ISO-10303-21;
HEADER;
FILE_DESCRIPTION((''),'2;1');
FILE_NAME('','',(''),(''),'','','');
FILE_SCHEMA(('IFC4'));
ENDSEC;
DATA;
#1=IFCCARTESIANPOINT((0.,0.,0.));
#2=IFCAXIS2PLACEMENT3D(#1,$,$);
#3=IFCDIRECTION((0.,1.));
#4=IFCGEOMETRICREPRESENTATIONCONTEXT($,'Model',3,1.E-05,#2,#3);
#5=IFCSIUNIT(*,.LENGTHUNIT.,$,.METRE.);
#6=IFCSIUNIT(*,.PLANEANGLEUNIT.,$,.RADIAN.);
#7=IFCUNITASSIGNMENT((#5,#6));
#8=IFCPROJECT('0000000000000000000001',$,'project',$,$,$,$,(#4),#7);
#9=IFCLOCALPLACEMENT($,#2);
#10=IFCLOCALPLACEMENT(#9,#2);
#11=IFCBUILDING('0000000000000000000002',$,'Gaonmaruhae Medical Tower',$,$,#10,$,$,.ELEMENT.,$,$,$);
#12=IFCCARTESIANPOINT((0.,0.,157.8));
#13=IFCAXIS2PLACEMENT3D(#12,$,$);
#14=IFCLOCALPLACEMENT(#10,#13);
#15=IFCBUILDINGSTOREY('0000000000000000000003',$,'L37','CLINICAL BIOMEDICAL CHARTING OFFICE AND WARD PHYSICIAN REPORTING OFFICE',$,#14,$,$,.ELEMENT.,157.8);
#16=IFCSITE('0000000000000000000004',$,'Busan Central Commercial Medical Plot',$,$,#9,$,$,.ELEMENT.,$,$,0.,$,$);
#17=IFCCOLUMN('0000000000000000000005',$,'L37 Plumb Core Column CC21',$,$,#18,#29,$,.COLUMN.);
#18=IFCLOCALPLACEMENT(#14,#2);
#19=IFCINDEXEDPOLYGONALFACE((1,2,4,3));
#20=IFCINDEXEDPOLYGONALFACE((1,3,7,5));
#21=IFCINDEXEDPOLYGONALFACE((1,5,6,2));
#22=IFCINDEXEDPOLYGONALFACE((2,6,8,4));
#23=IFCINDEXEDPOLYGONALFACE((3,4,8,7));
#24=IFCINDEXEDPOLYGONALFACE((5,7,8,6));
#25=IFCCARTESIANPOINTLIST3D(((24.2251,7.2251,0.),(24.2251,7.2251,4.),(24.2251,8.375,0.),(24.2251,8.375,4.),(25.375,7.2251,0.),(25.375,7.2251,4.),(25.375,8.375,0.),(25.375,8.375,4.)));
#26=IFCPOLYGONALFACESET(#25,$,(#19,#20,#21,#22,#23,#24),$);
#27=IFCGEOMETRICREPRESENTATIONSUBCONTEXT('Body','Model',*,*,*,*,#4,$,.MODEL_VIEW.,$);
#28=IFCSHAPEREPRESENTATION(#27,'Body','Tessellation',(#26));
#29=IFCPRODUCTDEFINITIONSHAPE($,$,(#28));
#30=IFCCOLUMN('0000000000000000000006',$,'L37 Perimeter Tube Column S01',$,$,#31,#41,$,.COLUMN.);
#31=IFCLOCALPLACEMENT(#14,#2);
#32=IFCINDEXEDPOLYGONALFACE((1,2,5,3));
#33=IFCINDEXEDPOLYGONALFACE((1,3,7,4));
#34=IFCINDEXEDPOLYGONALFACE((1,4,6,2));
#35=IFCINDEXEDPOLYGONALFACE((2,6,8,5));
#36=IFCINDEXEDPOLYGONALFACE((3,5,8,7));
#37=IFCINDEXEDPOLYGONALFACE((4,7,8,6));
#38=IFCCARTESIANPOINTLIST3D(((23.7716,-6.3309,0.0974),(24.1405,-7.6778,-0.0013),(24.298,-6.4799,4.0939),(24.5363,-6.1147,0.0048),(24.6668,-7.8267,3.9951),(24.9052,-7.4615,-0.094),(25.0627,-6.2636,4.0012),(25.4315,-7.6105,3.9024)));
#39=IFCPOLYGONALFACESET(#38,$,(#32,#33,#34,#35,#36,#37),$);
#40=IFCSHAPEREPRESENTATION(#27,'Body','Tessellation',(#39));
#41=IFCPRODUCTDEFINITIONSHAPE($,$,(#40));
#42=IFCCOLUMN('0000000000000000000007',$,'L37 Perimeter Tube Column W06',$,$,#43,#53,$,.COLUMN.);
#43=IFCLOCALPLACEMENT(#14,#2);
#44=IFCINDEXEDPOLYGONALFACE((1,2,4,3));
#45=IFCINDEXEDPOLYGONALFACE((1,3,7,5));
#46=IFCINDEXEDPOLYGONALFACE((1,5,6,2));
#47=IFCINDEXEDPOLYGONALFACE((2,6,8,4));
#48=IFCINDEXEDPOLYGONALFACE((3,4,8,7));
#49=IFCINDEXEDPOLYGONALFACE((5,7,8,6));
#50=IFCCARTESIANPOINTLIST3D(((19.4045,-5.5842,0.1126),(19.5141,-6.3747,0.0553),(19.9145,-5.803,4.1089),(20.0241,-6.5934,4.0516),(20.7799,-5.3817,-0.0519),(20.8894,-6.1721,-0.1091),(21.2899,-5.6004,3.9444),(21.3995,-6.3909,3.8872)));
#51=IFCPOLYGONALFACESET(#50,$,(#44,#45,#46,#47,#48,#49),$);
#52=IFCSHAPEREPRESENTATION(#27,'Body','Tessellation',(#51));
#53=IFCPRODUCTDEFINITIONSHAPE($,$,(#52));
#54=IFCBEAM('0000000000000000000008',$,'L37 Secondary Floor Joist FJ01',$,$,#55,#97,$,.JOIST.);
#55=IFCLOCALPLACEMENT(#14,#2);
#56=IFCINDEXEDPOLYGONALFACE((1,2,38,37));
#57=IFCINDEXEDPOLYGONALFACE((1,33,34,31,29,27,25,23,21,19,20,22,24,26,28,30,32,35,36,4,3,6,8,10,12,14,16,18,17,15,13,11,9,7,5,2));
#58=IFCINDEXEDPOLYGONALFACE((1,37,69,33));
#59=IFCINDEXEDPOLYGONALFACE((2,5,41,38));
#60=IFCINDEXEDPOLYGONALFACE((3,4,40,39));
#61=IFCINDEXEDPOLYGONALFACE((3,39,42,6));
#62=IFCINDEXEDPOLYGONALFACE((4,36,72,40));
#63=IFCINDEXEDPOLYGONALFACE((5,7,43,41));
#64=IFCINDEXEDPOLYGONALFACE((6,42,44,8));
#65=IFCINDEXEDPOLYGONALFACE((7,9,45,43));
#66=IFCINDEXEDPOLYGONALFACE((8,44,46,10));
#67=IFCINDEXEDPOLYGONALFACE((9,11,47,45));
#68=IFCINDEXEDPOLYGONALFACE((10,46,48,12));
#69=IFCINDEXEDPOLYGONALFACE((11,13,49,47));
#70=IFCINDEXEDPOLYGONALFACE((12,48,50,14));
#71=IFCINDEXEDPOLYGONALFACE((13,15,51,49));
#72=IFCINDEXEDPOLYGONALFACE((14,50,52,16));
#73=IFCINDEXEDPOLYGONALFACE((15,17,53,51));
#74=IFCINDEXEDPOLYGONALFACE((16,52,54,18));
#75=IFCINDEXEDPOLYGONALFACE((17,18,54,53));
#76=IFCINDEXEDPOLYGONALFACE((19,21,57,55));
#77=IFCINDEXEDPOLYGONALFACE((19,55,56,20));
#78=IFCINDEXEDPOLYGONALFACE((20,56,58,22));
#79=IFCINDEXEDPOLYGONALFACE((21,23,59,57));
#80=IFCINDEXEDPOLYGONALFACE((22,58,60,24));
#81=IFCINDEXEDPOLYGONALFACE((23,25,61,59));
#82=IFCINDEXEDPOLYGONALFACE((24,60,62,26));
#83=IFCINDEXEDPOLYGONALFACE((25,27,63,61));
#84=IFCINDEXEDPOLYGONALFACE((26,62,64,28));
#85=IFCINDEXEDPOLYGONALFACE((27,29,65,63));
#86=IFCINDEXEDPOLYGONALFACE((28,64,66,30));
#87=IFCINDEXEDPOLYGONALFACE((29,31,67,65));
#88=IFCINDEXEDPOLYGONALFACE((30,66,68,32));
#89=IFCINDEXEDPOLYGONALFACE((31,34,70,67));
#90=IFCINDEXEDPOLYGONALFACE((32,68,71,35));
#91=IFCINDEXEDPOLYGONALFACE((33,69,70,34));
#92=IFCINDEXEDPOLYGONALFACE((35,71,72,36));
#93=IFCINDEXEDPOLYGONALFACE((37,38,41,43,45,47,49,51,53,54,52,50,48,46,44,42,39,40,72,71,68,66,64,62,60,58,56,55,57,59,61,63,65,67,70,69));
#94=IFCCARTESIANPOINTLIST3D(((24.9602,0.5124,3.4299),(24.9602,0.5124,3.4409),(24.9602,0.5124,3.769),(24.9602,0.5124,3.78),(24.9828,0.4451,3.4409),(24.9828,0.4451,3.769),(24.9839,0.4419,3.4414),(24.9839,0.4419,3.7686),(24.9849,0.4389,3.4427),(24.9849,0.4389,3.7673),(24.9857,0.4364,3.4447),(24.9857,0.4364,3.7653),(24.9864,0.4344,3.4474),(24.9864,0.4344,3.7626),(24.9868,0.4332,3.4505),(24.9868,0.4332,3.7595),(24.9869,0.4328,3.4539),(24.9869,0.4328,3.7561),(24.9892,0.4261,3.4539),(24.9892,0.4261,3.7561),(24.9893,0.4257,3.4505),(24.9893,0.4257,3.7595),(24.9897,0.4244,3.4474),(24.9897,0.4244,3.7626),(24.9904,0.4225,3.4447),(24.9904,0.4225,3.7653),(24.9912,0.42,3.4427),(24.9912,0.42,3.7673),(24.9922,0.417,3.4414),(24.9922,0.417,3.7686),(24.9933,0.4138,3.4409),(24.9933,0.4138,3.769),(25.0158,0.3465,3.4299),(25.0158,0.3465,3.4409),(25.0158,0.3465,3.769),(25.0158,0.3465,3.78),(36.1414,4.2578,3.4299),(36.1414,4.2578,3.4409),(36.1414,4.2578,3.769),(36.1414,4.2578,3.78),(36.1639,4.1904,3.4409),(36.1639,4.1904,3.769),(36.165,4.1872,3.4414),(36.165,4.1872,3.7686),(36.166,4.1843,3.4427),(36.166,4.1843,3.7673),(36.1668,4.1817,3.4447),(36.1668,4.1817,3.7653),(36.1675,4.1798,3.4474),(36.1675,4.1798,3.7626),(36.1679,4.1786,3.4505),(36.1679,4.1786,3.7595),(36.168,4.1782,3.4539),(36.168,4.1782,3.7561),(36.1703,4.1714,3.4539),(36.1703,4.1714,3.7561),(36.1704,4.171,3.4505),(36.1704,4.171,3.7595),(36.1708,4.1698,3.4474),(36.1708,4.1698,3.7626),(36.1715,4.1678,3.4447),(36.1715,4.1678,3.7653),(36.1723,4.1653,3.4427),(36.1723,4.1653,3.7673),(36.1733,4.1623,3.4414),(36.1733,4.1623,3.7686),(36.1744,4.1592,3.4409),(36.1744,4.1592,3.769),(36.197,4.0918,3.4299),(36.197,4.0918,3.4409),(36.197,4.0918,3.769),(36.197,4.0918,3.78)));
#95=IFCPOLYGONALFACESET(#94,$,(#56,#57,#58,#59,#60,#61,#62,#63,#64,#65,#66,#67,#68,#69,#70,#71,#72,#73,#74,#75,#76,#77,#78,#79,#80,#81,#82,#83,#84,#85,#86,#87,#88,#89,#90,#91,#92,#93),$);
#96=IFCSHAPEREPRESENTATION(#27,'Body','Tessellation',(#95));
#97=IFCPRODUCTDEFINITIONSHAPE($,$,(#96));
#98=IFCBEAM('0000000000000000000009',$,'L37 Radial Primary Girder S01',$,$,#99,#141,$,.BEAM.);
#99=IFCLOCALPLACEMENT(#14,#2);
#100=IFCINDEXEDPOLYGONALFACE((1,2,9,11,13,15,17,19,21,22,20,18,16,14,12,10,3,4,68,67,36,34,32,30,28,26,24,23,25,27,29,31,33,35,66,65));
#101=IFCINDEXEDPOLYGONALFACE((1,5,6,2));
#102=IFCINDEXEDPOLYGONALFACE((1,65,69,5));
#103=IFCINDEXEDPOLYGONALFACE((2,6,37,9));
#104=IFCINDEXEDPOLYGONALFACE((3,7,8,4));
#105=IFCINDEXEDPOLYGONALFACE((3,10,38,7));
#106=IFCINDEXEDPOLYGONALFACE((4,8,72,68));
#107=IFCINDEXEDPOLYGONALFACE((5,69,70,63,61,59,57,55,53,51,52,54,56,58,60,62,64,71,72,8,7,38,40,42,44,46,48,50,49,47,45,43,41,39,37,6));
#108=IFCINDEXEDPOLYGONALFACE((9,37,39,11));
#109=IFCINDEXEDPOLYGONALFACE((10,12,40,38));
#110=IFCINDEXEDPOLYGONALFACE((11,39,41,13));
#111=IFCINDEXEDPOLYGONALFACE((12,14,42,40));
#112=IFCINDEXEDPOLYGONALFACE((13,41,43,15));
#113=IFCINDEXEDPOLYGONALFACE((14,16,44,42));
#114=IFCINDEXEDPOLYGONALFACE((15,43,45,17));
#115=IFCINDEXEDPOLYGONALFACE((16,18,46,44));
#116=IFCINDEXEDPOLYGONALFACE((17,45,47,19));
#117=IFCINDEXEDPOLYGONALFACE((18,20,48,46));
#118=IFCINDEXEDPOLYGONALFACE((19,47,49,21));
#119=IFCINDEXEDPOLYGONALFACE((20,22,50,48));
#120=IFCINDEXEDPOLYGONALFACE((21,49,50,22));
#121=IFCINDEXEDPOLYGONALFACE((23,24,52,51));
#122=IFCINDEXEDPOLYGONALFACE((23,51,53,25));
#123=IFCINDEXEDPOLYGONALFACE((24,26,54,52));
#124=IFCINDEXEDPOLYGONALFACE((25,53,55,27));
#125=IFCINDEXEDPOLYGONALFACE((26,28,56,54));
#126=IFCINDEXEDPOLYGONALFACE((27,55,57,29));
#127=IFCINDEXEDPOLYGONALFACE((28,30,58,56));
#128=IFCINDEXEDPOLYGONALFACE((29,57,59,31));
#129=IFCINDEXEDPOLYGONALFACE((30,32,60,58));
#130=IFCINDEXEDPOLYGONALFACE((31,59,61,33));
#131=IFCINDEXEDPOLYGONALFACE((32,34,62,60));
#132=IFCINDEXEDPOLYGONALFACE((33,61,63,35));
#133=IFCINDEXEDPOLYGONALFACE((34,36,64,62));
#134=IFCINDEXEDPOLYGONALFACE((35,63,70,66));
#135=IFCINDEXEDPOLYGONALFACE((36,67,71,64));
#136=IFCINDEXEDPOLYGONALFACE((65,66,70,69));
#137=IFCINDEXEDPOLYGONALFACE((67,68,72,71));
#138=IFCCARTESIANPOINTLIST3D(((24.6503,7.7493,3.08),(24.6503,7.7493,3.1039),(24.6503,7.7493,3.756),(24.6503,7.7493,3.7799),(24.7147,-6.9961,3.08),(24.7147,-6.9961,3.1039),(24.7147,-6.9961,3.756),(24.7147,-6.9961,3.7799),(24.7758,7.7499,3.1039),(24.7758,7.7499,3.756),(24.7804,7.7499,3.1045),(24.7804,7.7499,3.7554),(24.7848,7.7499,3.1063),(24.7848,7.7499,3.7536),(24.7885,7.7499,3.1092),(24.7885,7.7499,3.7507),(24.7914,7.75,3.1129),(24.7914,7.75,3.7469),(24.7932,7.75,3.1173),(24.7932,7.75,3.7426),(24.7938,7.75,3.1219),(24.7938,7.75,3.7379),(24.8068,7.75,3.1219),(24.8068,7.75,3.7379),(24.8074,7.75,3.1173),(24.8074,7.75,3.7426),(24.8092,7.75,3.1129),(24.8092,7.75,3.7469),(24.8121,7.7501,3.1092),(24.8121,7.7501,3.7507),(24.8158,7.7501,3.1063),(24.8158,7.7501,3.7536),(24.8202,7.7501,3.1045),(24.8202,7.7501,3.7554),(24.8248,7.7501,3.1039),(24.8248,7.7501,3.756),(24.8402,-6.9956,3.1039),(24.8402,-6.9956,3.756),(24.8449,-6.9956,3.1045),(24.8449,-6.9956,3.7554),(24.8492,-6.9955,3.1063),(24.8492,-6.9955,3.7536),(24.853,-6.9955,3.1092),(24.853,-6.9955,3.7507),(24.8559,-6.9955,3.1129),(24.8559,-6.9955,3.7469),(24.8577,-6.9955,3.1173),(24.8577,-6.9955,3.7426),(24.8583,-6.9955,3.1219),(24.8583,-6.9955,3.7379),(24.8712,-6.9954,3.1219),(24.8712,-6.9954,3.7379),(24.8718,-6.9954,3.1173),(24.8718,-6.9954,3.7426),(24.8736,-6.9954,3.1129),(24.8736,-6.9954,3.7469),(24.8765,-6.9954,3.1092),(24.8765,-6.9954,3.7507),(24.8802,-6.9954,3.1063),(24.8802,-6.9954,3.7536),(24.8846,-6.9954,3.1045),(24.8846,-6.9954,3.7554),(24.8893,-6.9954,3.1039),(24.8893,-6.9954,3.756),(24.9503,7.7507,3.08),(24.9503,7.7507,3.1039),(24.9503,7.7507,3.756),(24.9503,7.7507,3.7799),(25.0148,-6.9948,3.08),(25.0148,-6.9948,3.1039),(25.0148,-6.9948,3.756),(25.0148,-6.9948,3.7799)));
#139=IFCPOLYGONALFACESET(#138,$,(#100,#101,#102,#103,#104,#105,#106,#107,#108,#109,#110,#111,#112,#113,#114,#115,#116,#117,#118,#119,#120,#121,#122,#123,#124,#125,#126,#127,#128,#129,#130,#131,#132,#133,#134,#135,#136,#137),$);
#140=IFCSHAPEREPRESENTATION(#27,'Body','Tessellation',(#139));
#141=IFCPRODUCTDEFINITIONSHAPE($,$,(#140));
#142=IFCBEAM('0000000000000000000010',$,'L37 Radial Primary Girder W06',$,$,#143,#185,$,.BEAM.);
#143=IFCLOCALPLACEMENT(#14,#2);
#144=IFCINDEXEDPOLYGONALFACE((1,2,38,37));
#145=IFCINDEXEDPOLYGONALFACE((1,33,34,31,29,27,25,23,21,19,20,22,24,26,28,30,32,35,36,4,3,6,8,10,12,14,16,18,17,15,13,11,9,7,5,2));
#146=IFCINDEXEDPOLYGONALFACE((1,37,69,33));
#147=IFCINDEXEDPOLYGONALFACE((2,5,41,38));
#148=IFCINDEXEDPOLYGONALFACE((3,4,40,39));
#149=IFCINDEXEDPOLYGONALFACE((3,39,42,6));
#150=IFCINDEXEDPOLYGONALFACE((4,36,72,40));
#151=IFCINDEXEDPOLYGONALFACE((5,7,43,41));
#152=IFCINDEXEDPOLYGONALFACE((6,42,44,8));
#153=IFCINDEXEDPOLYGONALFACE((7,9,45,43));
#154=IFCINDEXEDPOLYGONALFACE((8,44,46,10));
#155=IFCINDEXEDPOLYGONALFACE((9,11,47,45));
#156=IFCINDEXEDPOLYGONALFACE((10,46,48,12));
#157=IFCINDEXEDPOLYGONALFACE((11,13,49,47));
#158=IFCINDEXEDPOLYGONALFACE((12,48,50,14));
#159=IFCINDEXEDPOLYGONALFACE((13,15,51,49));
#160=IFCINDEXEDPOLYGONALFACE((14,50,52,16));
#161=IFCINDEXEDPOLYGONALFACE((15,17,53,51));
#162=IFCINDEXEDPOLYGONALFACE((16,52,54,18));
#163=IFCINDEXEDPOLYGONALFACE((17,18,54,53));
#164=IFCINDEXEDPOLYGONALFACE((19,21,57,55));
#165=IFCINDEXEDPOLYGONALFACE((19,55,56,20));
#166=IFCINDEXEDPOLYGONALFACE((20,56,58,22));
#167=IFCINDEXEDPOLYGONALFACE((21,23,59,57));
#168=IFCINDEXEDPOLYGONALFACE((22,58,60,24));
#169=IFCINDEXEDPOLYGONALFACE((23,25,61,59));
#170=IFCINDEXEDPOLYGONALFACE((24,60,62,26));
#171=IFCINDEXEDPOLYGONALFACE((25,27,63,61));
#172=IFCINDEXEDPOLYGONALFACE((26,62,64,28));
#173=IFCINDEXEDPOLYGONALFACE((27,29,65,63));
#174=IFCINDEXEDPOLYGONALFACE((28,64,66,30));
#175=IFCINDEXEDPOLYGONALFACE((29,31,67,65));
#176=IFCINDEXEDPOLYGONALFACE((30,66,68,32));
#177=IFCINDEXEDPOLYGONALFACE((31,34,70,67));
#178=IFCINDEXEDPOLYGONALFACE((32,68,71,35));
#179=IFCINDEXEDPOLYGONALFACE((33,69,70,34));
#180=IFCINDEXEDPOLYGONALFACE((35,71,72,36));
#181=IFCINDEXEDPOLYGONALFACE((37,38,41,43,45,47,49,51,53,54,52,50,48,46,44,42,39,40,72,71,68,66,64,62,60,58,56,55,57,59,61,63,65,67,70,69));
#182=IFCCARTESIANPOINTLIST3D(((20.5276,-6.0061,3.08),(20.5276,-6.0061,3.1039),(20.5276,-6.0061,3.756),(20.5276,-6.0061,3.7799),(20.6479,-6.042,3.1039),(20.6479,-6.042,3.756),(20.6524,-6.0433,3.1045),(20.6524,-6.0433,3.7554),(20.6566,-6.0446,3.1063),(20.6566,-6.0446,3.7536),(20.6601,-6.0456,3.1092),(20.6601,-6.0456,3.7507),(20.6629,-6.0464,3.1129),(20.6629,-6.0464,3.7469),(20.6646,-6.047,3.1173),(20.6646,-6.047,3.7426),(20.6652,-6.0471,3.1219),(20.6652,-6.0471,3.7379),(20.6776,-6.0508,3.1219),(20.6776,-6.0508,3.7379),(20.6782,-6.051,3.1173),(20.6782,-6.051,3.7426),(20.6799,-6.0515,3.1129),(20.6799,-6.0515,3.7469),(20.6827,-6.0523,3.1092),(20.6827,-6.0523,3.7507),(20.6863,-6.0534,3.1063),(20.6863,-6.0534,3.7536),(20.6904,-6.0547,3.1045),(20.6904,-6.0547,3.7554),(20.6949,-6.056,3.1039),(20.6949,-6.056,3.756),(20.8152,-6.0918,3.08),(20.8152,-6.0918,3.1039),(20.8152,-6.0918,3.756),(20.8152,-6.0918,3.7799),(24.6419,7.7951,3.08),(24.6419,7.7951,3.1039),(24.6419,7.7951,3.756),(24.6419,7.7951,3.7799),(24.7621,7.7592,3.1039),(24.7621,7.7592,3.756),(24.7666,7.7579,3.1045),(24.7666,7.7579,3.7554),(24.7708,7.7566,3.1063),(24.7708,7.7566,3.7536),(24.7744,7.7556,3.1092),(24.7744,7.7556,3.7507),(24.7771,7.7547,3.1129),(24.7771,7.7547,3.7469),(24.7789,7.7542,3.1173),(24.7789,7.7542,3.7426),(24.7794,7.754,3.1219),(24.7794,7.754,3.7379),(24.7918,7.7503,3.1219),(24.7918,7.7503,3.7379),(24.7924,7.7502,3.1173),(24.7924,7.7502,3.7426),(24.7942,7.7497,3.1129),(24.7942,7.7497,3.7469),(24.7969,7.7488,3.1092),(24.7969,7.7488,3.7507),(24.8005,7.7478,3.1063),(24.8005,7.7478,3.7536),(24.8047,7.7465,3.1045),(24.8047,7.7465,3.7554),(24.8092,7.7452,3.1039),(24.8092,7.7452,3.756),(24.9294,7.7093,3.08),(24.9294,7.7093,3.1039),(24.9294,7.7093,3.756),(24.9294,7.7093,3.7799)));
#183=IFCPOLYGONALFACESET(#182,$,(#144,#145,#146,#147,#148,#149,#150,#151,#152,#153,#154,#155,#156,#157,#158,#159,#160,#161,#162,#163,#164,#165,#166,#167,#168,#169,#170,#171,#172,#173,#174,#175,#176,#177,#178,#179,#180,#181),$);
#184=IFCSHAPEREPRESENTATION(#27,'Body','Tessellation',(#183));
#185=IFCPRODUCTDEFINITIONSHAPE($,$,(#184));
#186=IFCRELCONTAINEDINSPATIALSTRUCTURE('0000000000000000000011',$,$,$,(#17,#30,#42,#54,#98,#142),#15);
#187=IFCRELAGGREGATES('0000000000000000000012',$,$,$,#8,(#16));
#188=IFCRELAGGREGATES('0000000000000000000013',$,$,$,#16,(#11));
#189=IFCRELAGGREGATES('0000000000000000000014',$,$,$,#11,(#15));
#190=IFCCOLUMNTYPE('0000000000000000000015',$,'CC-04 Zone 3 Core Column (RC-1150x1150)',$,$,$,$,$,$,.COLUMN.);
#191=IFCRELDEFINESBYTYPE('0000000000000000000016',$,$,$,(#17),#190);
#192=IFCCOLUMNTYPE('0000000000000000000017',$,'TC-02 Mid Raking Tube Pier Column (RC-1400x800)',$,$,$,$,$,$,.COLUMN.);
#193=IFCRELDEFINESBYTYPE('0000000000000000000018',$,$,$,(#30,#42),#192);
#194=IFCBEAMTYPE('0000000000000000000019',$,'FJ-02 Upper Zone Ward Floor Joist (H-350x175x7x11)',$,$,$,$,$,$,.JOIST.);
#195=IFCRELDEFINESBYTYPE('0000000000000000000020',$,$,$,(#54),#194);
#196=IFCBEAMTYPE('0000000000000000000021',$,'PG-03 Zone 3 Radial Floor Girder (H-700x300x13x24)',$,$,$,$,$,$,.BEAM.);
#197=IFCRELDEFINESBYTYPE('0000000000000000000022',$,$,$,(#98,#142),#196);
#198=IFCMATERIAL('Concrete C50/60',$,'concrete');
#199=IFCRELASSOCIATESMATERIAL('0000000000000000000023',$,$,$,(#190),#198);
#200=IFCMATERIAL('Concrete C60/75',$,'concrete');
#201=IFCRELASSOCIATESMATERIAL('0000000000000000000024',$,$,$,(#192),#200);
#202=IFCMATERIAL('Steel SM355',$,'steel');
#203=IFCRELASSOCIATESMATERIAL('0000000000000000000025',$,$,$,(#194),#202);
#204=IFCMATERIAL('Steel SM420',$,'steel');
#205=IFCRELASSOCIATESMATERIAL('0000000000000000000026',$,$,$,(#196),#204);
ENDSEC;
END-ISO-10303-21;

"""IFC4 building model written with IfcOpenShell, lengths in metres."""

from ifc_helpers import new_model, si_unit, direction, frame, origin, origin_2d, place, context, subcontext, project, spatial, rectangle, i_section, extrude, material, material_profile, profile_set, type_object, element, save


model = new_model("IFC4")

# Units and contexts
model_context = context("Model", 3, precision=1e-05, world=origin(), true_north=direction((0.0, 1.0)))
body_context = subcontext(model_context, "Body", "Model", "MODEL_VIEW")
ifc_project = project(units=[si_unit("LENGTHUNIT", "METRE"), si_unit("PLANEANGLEUNIT", "RADIAN")], contexts=[model_context])

# Site, building, storey
site_placement = place(None, origin())
site = spatial("IfcSite", under=ifc_project, at=site_placement, Name="Busan Central Commercial Medical Plot", CompositionType="ELEMENT", RefElevation=0.0)
building_placement = place(site_placement, origin())
building = spatial("IfcBuilding", under=site, at=building_placement, Name="Gaonmaruhae Medical Tower", CompositionType="ELEMENT")
storey_placement = place(building_placement, frame((0.0, 0.0, 157.8)))
storey = spatial("IfcBuildingStorey", under=building, at=storey_placement, Name="L37", Description="CLINICAL BIOMEDICAL CHARTING OFFICE AND WARD PHYSICIAN REPORTING OFFICE", CompositionType="ELEMENT", Elevation=157.8)

# Columns
ifc_material_1 = material(Name="Concrete C50/60", Category="concrete")
ifc_material_profile_1 = material_profile(ifc_material_1, rectangle(XDim=1.1499, YDim=1.1499, at=origin_2d()), Name="RC-1150x1150")
ifc_profile_set_1 = profile_set([ifc_material_profile_1], Name="Concrete C50/60")
column_type_1 = type_object("IfcColumnType", Name="CC-04 Zone 3 Core Column (RC-1150x1150)", PredefinedType="COLUMN", material=ifc_profile_set_1)
column_1_placement = place(storey_placement, frame((24.8, 7.8, 0.0), z_axis=(0.0, 0.0, 1.0), x_axis=(1.0, 0.0, 0.0)))
element("IfcColumn", 1, at=column_1_placement, inside=storey, type_object=column_type_1, Name="L37 Plumb Core Column CC21", PredefinedType="COLUMN", context=body_context, shape_type="SweptSolid", body=[
    extrude(rectangle(XDim=1.1499, YDim=1.1499, at=origin_2d()), origin(), (0.0, 0.0, 1.0), 4.0),
])
ifc_material_2 = material(Name="Concrete C60/75", Category="concrete")
ifc_material_profile_2 = material_profile(ifc_material_2, rectangle(XDim=1.3999, YDim=0.8, at=origin_2d()), Name="RC-1400x800")
ifc_profile_set_2 = profile_set([ifc_material_profile_2], Name="Concrete C60/75")
column_type_2 = type_object("IfcColumnType", Name="TC-02 Mid Raking Tube Pier Column (RC-1400x800)", PredefinedType="COLUMN", material=ifc_profile_set_2)
column_2_placement = place(storey_placement, frame((24.3384, -6.8962, 0.0017), z_axis=(0.130496, -0.036921, 0.990761), x_axis=(-0.26349, 0.962078, 0.070557)))
element("IfcColumn", 2, at=column_2_placement, inside=storey, type_object=column_type_2, Name="L37 Perimeter Tube Column S01", PredefinedType="COLUMN", context=body_context, shape_type="SweptSolid", body=[
    extrude(rectangle(XDim=1.3999, YDim=0.8, at=origin_2d()), origin(), (0.0, 0.0, 1.0), 4.0337),
])
column_3_placement = place(storey_placement, frame((20.147, -5.8782, 0.0017), z_axis=(0.126406, -0.054217, 0.990496), x_axis=(-0.982478, -0.144703, 0.117462)))
element("IfcColumn", 3, at=column_3_placement, inside=storey, type_object=column_type_2, Name="L37 Perimeter Tube Column W06", PredefinedType="COLUMN", context=body_context, shape_type="SweptSolid", body=[
    extrude(rectangle(XDim=1.3999, YDim=0.8, at=origin_2d()), origin(), (0.0, 0.0, 1.0), 4.0347),
])

# Beams
ifc_material_3 = material(Name="Steel SM355", Category="steel")
ifc_material_profile_3 = material_profile(ifc_material_3, i_section(OverallWidth=0.175, OverallDepth=0.3501, WebThickness=0.0071, FlangeThickness=0.011, FilletRadius=0.0129, at=origin_2d()), Name="H-350x175x7x11")
ifc_profile_set_3 = profile_set([ifc_material_profile_3], Name="Steel SM355")
beam_type_1 = type_object("IfcBeamType", Name="FJ-02 Upper Zone Ward Floor Joist (H-350x175x7x11)", PredefinedType="JOIST", material=ifc_profile_set_3)
beam_1_placement = place(storey_placement, frame((24.988, 0.4294, 3.605), z_axis=(0.948216, 0.317625, 0.0), x_axis=(-0.317625, 0.948216, 0.0)))
element("IfcBeam", 4, at=beam_1_placement, inside=storey, type_object=beam_type_1, Name="L37 Secondary Floor Joist FJ01", PredefinedType="JOIST", context=body_context, shape_type="SweptSolid", body=[
    extrude(i_section(OverallWidth=0.175, OverallDepth=0.3501, WebThickness=0.0071, FlangeThickness=0.011, FilletRadius=0.0129, at=origin_2d()), origin(), (0.0, 0.0, 1.0), 11.7917),
])
ifc_material_4 = material(Name="Steel SM420", Category="steel")
ifc_material_profile_4 = material_profile(ifc_material_4, i_section(OverallWidth=0.3, OverallDepth=0.7, WebThickness=0.0129, FlangeThickness=0.0239, FilletRadius=0.0181, at=origin_2d()), Name="H-700x300x13x24")
ifc_profile_set_4 = profile_set([ifc_material_profile_4], Name="Steel SM420")
beam_type_2 = type_object("IfcBeamType", Name="PG-03 Zone 3 Radial Floor Girder (H-700x300x13x24)", PredefinedType="BEAM", material=ifc_profile_set_4)
beam_2_placement = place(storey_placement, frame((24.8003, 7.75, 3.4299), z_axis=(0.004371, -0.99999, 0.0), x_axis=(0.99999, 0.004371, 0.0)))
element("IfcBeam", 5, at=beam_2_placement, inside=storey, type_object=beam_type_2, Name="L37 Radial Primary Girder S01", PredefinedType="BEAM", context=body_context, shape_type="SweptSolid", body=[
    extrude(i_section(OverallWidth=0.3, OverallDepth=0.7, WebThickness=0.0129, FlangeThickness=0.0239, FilletRadius=0.0181, at=origin_2d()), origin(), (0.0, 0.0, 1.0), 14.7456),
])
beam_3_placement = place(storey_placement, frame((24.7856, 7.7522, 3.4299), z_axis=(-0.285683, -0.958324, 0.0), x_axis=(0.958324, -0.285683, 0.0)))
element("IfcBeam", 6, at=beam_3_placement, inside=storey, type_object=beam_type_2, Name="L37 Radial Primary Girder W06", PredefinedType="BEAM", context=body_context, shape_type="SweptSolid", body=[
    extrude(i_section(OverallWidth=0.3, OverallDepth=0.7, WebThickness=0.0129, FlangeThickness=0.0239, FilletRadius=0.0181, at=origin_2d()), origin(), (0.0, 0.0, 1.0), 14.4014),
])

save(model, "model.ifc")
